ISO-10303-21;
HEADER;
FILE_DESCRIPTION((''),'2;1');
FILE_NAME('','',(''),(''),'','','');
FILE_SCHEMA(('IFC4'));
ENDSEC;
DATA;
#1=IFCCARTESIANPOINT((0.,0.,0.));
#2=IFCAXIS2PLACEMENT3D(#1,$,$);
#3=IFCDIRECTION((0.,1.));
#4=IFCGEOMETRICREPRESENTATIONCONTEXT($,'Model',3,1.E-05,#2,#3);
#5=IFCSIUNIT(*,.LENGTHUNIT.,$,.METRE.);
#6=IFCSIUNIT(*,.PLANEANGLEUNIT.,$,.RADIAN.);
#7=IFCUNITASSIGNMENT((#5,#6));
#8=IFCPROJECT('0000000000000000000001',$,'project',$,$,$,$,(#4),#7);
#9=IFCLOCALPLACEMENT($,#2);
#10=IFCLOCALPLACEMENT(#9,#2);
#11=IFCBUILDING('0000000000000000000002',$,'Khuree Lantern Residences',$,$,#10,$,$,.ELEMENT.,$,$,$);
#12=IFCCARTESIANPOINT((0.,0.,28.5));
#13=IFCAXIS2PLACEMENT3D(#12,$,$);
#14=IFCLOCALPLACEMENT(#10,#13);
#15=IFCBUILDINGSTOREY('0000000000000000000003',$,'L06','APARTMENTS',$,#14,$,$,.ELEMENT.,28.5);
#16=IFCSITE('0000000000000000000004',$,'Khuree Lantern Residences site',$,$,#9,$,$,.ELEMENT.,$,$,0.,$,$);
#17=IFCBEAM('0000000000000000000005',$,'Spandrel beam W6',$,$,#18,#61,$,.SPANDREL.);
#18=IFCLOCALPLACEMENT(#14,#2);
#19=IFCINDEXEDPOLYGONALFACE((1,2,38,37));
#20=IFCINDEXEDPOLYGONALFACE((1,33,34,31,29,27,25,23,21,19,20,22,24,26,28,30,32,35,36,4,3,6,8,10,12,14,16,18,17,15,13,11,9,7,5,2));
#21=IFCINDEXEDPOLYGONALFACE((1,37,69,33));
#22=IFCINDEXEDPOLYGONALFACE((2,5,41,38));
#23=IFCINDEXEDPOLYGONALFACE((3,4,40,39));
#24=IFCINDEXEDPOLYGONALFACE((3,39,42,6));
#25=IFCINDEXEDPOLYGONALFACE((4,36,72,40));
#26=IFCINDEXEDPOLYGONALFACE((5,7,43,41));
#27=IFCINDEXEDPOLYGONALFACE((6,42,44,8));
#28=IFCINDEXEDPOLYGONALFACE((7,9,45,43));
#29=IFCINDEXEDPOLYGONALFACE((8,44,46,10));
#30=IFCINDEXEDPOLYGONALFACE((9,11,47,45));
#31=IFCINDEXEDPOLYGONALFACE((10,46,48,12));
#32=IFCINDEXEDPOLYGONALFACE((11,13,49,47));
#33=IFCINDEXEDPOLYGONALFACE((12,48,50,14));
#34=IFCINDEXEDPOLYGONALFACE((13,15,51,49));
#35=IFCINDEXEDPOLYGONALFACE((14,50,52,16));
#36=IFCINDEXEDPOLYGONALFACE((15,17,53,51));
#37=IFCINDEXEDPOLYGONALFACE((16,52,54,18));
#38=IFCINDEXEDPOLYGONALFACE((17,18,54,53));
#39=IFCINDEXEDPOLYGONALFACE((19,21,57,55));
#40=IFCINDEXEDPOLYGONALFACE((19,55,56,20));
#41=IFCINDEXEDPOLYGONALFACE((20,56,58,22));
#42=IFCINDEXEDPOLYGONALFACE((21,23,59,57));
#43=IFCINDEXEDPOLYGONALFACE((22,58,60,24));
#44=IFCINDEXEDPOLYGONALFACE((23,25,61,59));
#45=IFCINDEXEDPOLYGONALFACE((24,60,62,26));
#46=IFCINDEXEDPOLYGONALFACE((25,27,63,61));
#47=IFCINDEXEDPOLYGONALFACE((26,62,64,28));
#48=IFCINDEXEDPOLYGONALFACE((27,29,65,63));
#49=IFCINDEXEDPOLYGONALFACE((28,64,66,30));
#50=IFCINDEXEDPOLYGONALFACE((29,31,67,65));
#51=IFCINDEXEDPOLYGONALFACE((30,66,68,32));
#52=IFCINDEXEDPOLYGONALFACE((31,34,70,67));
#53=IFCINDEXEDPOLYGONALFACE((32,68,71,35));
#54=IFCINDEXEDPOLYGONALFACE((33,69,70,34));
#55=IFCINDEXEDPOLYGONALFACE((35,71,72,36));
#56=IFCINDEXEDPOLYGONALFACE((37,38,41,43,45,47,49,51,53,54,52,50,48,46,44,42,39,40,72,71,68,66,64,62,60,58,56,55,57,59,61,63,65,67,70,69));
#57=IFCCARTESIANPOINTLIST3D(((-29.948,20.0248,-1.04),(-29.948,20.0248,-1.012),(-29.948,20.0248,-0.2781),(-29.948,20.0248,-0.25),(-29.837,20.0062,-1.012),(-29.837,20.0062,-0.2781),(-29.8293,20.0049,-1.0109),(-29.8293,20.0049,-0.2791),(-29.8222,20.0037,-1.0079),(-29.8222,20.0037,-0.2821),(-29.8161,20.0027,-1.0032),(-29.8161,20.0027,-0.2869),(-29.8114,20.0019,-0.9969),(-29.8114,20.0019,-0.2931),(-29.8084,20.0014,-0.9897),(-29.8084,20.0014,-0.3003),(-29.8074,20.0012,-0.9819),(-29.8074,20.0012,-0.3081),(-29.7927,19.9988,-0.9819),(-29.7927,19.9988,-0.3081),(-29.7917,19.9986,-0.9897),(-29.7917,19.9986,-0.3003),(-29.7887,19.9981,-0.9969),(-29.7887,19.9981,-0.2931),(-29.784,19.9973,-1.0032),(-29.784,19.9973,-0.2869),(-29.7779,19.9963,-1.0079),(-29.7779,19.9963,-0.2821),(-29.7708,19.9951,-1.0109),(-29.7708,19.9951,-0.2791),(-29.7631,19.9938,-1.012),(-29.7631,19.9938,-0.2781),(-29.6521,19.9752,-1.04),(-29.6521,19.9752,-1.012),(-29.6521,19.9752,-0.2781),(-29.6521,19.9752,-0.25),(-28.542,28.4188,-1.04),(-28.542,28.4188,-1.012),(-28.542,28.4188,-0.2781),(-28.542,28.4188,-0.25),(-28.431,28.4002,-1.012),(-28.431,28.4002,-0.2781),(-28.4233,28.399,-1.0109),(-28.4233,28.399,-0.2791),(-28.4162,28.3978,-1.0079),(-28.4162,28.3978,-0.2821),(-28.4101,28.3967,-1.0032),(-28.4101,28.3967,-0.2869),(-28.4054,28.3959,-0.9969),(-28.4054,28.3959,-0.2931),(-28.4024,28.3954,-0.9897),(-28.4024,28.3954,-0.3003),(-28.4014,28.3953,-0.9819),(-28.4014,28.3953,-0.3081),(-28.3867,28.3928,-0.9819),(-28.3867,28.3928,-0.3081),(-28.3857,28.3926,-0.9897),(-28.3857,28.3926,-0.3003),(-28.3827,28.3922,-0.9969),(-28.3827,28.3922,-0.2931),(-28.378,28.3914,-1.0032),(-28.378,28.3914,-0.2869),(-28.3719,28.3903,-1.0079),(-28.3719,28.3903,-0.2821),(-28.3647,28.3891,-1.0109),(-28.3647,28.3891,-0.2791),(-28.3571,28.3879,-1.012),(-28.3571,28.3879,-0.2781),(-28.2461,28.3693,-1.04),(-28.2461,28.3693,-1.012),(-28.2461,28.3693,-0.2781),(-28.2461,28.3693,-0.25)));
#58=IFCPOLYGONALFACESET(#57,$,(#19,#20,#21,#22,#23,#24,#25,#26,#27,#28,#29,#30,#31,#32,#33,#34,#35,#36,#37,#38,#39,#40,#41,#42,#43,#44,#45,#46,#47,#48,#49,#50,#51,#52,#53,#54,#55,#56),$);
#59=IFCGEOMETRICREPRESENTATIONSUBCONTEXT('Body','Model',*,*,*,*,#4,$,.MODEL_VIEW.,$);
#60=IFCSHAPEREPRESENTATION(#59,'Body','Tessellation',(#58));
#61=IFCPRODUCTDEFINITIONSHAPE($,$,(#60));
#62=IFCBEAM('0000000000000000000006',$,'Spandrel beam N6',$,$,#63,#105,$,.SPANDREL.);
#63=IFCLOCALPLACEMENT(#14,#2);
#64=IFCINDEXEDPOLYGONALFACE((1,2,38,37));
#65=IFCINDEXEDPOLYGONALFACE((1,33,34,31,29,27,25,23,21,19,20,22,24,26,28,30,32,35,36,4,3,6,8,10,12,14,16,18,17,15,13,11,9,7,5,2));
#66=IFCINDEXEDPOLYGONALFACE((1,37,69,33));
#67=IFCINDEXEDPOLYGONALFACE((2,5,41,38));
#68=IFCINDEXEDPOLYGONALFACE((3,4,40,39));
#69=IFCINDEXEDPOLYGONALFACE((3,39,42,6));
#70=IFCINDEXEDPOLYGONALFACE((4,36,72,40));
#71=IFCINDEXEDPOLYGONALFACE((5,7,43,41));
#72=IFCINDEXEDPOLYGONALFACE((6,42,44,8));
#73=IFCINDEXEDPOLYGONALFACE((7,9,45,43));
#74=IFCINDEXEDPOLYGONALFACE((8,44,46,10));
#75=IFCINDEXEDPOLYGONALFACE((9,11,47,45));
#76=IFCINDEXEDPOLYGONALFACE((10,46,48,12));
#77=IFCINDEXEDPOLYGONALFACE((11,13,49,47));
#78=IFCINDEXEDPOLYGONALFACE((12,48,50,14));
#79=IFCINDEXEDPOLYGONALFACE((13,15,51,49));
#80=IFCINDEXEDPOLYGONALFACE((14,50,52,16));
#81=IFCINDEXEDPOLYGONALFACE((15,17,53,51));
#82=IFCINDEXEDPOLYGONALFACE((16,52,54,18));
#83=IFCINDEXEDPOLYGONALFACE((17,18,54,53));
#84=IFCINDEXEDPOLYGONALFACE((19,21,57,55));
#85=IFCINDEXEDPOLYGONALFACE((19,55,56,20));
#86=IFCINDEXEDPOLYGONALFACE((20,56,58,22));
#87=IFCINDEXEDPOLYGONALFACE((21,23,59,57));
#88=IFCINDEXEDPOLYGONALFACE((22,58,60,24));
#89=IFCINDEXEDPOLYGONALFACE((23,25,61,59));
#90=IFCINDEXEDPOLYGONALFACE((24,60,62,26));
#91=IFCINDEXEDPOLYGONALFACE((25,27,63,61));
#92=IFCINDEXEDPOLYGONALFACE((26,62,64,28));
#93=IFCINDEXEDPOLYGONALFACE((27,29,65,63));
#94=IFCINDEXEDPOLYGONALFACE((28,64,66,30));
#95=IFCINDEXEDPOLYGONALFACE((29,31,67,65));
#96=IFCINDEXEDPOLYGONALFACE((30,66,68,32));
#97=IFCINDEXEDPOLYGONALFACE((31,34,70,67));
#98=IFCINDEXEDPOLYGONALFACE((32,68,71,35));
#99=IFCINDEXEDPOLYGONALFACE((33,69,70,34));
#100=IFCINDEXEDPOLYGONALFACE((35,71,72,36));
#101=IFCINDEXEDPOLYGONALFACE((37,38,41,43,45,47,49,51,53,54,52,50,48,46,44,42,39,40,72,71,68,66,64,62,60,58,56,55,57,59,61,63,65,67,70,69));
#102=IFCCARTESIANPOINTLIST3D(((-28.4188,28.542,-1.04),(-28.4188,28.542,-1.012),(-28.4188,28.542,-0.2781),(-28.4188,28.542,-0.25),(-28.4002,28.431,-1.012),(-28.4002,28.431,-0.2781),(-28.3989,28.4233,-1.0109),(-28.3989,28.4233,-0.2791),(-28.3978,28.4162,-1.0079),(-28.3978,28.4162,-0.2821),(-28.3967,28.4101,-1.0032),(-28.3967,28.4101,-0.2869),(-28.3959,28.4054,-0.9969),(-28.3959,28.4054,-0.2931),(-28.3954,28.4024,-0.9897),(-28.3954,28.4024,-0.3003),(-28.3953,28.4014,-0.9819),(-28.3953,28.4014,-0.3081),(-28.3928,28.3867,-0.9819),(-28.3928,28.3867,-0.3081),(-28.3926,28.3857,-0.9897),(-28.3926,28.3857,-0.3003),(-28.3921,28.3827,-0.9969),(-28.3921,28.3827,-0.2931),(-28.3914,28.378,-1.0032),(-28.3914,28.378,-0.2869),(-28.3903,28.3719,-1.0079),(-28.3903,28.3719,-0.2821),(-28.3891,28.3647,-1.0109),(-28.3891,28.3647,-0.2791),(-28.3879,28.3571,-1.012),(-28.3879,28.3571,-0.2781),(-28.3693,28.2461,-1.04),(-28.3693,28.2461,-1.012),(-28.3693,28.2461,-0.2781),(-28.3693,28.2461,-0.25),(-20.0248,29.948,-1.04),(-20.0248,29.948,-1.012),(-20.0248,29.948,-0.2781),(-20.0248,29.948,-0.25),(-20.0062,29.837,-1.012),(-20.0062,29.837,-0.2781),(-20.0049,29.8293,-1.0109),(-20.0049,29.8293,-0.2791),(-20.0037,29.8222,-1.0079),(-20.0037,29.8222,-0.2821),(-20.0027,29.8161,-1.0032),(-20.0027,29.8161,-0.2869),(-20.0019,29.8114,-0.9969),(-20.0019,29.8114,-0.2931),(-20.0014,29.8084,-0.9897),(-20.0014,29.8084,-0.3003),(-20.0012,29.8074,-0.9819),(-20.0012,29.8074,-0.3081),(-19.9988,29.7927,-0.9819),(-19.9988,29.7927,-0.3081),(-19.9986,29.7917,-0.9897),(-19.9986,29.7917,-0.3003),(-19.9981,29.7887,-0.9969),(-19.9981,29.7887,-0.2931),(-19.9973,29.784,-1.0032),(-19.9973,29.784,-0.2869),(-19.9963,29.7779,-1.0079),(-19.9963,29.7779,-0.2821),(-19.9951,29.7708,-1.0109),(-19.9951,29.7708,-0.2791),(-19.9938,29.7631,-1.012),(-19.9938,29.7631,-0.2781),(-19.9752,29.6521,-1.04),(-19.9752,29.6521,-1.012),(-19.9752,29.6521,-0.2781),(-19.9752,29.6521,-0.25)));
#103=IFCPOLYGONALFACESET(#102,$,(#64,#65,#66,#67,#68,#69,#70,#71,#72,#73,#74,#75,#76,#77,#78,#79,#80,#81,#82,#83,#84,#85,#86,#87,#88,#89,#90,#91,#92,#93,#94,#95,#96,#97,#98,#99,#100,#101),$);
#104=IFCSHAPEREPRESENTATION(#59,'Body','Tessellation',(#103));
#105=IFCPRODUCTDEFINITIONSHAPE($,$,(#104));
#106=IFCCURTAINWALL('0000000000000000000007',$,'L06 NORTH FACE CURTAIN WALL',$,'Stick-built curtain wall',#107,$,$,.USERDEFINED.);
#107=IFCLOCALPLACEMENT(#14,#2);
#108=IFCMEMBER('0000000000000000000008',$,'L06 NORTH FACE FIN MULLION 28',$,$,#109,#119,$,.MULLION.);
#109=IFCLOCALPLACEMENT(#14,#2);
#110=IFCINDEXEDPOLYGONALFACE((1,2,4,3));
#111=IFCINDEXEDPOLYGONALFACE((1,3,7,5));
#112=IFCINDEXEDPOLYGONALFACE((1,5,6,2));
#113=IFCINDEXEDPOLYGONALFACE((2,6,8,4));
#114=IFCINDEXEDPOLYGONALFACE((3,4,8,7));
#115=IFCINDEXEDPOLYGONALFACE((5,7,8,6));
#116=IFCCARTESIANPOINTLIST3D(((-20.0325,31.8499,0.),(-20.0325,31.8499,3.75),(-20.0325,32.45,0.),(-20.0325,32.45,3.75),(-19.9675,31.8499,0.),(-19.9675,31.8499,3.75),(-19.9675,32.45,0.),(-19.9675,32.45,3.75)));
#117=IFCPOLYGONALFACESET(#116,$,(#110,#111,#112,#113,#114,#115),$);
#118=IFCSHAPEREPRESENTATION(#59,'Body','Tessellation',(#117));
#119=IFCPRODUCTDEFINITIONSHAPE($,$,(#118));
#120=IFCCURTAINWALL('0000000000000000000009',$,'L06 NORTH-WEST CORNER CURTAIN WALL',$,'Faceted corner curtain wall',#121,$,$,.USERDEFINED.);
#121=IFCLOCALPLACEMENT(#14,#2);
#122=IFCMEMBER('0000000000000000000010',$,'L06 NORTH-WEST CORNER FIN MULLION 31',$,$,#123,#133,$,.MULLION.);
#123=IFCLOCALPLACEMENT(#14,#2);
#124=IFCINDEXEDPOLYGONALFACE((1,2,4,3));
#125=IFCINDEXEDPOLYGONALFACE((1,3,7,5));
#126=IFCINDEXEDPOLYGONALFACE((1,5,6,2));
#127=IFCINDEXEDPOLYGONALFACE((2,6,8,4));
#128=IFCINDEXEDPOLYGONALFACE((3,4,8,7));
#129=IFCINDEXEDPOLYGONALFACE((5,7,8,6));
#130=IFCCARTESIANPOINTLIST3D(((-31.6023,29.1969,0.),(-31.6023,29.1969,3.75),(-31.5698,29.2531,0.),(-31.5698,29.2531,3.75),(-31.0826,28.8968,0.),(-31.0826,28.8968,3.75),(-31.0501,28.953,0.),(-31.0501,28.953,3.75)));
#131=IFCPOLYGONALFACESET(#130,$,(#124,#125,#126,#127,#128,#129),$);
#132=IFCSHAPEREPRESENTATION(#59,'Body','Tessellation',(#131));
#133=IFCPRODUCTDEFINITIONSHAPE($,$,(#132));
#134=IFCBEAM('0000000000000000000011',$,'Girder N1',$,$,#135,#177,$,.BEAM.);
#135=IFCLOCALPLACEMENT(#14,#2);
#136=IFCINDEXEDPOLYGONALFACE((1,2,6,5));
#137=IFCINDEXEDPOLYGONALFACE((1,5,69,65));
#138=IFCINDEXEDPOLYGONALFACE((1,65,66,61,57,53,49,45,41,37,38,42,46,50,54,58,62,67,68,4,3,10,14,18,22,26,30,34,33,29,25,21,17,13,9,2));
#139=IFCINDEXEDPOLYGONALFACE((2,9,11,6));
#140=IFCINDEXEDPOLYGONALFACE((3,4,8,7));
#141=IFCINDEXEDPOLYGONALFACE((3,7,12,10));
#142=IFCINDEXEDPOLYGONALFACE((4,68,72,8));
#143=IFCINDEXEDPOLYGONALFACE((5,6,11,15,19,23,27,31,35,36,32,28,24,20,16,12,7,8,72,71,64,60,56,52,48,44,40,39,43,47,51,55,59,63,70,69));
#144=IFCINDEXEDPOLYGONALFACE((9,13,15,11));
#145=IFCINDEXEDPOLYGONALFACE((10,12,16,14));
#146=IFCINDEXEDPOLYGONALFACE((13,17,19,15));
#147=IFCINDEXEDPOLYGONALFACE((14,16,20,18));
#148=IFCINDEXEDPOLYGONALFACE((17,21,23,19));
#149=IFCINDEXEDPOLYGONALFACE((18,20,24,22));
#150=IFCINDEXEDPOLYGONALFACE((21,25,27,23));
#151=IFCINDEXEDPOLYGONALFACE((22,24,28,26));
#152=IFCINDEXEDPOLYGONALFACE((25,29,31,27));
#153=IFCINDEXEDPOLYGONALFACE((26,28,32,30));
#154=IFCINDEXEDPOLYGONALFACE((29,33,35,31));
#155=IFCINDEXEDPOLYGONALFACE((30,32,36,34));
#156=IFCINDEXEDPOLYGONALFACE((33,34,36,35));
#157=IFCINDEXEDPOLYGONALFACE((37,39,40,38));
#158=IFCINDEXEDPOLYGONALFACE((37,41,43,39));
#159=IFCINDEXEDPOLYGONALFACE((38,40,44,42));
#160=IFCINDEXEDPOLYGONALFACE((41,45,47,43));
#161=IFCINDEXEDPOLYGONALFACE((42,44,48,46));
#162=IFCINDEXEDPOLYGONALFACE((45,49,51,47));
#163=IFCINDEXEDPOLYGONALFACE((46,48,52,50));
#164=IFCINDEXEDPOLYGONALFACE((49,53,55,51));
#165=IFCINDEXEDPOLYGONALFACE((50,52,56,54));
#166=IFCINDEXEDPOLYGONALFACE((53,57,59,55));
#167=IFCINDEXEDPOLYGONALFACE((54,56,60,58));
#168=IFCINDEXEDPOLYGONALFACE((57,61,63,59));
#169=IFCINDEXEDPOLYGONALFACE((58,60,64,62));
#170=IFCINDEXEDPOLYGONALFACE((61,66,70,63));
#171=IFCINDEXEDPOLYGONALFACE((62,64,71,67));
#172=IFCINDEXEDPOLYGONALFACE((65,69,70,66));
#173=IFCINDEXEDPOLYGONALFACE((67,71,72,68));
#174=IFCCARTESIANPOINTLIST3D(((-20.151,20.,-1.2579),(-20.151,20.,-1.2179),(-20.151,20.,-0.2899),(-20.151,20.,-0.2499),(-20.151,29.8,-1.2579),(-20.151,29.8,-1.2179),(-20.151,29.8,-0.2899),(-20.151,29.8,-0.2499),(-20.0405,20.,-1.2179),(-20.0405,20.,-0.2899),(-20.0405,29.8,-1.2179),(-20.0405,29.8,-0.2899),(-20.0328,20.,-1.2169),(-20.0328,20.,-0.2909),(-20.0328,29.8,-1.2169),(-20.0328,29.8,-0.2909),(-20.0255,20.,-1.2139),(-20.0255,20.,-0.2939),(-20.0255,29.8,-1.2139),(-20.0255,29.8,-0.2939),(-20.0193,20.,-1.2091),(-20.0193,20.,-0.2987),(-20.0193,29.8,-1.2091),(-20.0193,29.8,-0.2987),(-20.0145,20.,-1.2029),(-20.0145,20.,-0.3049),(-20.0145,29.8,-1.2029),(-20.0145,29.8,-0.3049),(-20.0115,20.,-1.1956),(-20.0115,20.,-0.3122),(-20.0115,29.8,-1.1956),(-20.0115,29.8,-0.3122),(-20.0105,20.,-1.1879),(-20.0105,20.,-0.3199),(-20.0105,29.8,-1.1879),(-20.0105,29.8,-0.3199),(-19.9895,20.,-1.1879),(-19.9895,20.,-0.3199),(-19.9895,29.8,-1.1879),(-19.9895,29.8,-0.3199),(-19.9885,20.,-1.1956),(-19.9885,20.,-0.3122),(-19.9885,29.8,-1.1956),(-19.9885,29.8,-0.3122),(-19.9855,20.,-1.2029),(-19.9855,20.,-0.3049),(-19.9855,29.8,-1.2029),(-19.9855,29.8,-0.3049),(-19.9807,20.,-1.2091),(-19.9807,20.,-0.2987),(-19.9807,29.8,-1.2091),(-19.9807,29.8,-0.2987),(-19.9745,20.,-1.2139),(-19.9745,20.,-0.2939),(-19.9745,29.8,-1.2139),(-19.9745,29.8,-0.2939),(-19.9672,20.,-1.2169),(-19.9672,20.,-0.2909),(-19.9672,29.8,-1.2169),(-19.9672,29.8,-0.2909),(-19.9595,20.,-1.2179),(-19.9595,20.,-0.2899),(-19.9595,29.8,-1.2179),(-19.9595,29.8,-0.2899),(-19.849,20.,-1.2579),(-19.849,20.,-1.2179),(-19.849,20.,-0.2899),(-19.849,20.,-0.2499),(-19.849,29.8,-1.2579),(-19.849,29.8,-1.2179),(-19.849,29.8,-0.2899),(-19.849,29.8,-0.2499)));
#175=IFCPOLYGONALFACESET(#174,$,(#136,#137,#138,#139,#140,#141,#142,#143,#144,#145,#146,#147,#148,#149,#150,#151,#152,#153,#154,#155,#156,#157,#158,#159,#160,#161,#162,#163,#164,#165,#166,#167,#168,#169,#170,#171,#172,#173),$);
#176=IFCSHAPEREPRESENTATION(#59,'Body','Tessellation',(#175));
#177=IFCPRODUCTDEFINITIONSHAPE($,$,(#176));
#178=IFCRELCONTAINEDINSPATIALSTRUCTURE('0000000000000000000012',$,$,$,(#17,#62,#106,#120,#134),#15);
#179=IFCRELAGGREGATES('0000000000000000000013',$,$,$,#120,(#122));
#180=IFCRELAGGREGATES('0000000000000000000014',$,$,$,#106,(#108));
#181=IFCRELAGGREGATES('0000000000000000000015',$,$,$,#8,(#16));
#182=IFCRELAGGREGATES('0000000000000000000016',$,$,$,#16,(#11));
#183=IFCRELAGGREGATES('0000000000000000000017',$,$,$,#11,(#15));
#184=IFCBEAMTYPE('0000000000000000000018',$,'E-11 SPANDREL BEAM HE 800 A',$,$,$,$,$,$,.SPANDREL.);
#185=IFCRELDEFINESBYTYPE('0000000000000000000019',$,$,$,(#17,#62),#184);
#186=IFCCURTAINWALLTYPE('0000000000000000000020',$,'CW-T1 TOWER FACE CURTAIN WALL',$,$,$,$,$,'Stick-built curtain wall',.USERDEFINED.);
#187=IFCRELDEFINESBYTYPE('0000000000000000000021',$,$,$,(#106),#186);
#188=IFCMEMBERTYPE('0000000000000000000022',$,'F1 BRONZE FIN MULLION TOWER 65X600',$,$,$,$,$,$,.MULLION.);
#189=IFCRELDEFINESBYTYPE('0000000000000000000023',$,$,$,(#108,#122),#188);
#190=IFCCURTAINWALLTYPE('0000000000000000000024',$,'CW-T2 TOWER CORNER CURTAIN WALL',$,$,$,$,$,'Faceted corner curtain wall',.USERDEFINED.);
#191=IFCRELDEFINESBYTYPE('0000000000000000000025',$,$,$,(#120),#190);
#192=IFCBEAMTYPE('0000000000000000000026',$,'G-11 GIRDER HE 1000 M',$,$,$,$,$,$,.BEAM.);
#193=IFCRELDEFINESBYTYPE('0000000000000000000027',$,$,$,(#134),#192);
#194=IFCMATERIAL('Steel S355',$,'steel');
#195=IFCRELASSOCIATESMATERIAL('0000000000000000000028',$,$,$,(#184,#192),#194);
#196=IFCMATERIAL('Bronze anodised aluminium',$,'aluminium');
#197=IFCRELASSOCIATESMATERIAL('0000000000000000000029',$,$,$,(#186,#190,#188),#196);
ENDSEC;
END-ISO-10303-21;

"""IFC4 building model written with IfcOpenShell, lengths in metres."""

from ifc_helpers import new_model, si_unit, direction, frame, origin, origin_2d, place, context, subcontext, project, spatial, rectangle, i_section, extrude, material, material_profile, profile_set, type_object, element, aggregate, save


model = new_model("IFC4")

# Units and contexts
model_context = context("Model", 3, precision=1e-05, world=origin(), true_north=direction((0.0, 1.0)))
body_context = subcontext(model_context, "Body", "Model", "MODEL_VIEW")
ifc_project = project(units=[si_unit("LENGTHUNIT", "METRE"), si_unit("PLANEANGLEUNIT", "RADIAN")], contexts=[model_context])

# Site, building, storey
site_placement = place(None, origin())
site = spatial("IfcSite", under=ifc_project, at=site_placement, Name="Khuree Lantern Residences site", CompositionType="ELEMENT", RefElevation=0.0)
building_placement = place(site_placement, origin())
building = spatial("IfcBuilding", under=site, at=building_placement, Name="Khuree Lantern Residences", CompositionType="ELEMENT")
storey_placement = place(building_placement, frame((0.0, 0.0, 28.5)))
storey = spatial("IfcBuildingStorey", under=building, at=storey_placement, Name="L06", Description="APARTMENTS", CompositionType="ELEMENT", Elevation=28.5)

# Beams
ifc_material_1 = material(Name="Steel S355", Category="steel")
ifc_material_profile_1 = material_profile(ifc_material_1, i_section(OverallWidth=0.3, OverallDepth=0.79, WebThickness=0.0149, FlangeThickness=0.0281, FilletRadius=0.03, at=origin_2d()), Name="HE 800 A")
ifc_profile_set_1 = profile_set([ifc_material_profile_1], Name="Steel S355")
beam_type_1 = type_object("IfcBeamType", Name="E-11 SPANDREL BEAM HE 800 A", PredefinedType="SPANDREL", material=ifc_profile_set_1)
for number, where, z_axis, x_axis, name in (
    (1, (-29.8, 20.0, -0.645), (0.165199, 0.98626, 0.0), (-0.98626, 0.165199, 0.0), "Spandrel beam W6"),
    (2, (-28.394, 28.394, -0.645), (0.98626, 0.165199, 0.0), (-0.165199, 0.98626, 0.0), "Spandrel beam N6"),
):
    element("IfcBeam", number, at=place(storey_placement, frame(where, z_axis=z_axis, x_axis=x_axis)), inside=storey, type_object=beam_type_1, Name=name, PredefinedType="SPANDREL", context=body_context, shape_type="SweptSolid", body=[
        extrude(i_section(OverallWidth=0.3, OverallDepth=0.79, WebThickness=0.0149, FlangeThickness=0.0281, FilletRadius=0.03, at=origin_2d()), origin(), (0.0, 0.0, 1.0), 8.511),
    ])

# Curtain walls, members
ifc_material_2 = material(Name="Bronze anodised aluminium", Category="aluminium")
curtain_wall_type_1 = type_object("IfcCurtainWallType", Name="CW-T1 TOWER FACE CURTAIN WALL", ElementType="Stick-built curtain wall", PredefinedType="USERDEFINED", material=ifc_material_2)
curtain_wall_1_placement = place(storey_placement, origin())
curtain_wall_1 = element("IfcCurtainWall", 3, at=curtain_wall_1_placement, inside=storey, type_object=curtain_wall_type_1, Name="L06 NORTH FACE CURTAIN WALL", ObjectType="Stick-built curtain wall", PredefinedType="USERDEFINED")
ifc_material_profile_2 = material_profile(ifc_material_2, rectangle(XDim=0.0649, YDim=0.6001, at=origin_2d()), Name="F1 65X600")
ifc_profile_set_2 = profile_set([ifc_material_profile_2], Name="Bronze anodised aluminium")
member_type_1 = type_object("IfcMemberType", Name="F1 BRONZE FIN MULLION TOWER 65X600", PredefinedType="MULLION", material=ifc_profile_set_2)
member_1_placement = place(storey_placement, frame((-20.0, 32.1499, 0.0), z_axis=(0.0, 0.0, 1.0), x_axis=(-1.0, 0.0, 0.0)))
member_1 = element("IfcMember", 4, at=member_1_placement, type_object=member_type_1, Name="L06 NORTH FACE FIN MULLION 28", PredefinedType="MULLION", context=body_context, shape_type="SweptSolid", body=[
    extrude(rectangle(XDim=0.0649, YDim=0.6001, at=origin_2d()), origin(), (0.0, 0.0, 1.0), 3.75),
])
curtain_wall_type_2 = type_object("IfcCurtainWallType", Name="CW-T2 TOWER CORNER CURTAIN WALL", ElementType="Faceted corner curtain wall", PredefinedType="USERDEFINED", material=ifc_material_2)
curtain_wall_2_placement = place(storey_placement, origin())
curtain_wall_2 = element("IfcCurtainWall", 5, at=curtain_wall_2_placement, inside=storey, type_object=curtain_wall_type_2, Name="L06 NORTH-WEST CORNER CURTAIN WALL", ObjectType="Faceted corner curtain wall", PredefinedType="USERDEFINED")
member_2_placement = place(storey_placement, frame((-31.3262, 29.075, 0.0), z_axis=(0.0, 0.0, 1.0), x_axis=(-0.5, -0.866025, 0.0)))
member_2 = element("IfcMember", 6, at=member_2_placement, type_object=member_type_1, Name="L06 NORTH-WEST CORNER FIN MULLION 31", PredefinedType="MULLION", context=body_context, shape_type="SweptSolid", body=[
    extrude(rectangle(XDim=0.0649, YDim=0.6001, at=origin_2d()), origin(), (0.0, 0.0, 1.0), 3.75),
])

# Beam
ifc_material_profile_3 = material_profile(ifc_material_1, i_section(OverallWidth=0.302, OverallDepth=1.0081, WebThickness=0.021, FlangeThickness=0.04, FilletRadius=0.03, at=origin_2d()), Name="HE 1000 M")
ifc_profile_set_3 = profile_set([ifc_material_profile_3], Name="Steel S355")
beam_type_2 = type_object("IfcBeamType", Name="G-11 GIRDER HE 1000 M", PredefinedType="BEAM", material=ifc_profile_set_3)
for number, where, z_axis, x_axis, name in (
    (7, (-20.0, 29.8, -0.7539), (0.0, -1.0, 0.0), (1.0, 0.0, 0.0), "Girder N1"),
):
    element("IfcBeam", number, at=place(storey_placement, frame(where, z_axis=z_axis, x_axis=x_axis)), inside=storey, type_object=beam_type_2, Name=name, PredefinedType="BEAM", context=body_context, shape_type="SweptSolid", body=[
        extrude(i_section(OverallWidth=0.302, OverallDepth=1.0081, WebThickness=0.021, FlangeThickness=0.04, FilletRadius=0.03, at=origin_2d()), origin(), (0.0, 0.0, 1.0), 9.8),
    ])

aggregate(curtain_wall_2, [member_2])
aggregate(curtain_wall_1, [member_1])

save(model, "model.ifc")
